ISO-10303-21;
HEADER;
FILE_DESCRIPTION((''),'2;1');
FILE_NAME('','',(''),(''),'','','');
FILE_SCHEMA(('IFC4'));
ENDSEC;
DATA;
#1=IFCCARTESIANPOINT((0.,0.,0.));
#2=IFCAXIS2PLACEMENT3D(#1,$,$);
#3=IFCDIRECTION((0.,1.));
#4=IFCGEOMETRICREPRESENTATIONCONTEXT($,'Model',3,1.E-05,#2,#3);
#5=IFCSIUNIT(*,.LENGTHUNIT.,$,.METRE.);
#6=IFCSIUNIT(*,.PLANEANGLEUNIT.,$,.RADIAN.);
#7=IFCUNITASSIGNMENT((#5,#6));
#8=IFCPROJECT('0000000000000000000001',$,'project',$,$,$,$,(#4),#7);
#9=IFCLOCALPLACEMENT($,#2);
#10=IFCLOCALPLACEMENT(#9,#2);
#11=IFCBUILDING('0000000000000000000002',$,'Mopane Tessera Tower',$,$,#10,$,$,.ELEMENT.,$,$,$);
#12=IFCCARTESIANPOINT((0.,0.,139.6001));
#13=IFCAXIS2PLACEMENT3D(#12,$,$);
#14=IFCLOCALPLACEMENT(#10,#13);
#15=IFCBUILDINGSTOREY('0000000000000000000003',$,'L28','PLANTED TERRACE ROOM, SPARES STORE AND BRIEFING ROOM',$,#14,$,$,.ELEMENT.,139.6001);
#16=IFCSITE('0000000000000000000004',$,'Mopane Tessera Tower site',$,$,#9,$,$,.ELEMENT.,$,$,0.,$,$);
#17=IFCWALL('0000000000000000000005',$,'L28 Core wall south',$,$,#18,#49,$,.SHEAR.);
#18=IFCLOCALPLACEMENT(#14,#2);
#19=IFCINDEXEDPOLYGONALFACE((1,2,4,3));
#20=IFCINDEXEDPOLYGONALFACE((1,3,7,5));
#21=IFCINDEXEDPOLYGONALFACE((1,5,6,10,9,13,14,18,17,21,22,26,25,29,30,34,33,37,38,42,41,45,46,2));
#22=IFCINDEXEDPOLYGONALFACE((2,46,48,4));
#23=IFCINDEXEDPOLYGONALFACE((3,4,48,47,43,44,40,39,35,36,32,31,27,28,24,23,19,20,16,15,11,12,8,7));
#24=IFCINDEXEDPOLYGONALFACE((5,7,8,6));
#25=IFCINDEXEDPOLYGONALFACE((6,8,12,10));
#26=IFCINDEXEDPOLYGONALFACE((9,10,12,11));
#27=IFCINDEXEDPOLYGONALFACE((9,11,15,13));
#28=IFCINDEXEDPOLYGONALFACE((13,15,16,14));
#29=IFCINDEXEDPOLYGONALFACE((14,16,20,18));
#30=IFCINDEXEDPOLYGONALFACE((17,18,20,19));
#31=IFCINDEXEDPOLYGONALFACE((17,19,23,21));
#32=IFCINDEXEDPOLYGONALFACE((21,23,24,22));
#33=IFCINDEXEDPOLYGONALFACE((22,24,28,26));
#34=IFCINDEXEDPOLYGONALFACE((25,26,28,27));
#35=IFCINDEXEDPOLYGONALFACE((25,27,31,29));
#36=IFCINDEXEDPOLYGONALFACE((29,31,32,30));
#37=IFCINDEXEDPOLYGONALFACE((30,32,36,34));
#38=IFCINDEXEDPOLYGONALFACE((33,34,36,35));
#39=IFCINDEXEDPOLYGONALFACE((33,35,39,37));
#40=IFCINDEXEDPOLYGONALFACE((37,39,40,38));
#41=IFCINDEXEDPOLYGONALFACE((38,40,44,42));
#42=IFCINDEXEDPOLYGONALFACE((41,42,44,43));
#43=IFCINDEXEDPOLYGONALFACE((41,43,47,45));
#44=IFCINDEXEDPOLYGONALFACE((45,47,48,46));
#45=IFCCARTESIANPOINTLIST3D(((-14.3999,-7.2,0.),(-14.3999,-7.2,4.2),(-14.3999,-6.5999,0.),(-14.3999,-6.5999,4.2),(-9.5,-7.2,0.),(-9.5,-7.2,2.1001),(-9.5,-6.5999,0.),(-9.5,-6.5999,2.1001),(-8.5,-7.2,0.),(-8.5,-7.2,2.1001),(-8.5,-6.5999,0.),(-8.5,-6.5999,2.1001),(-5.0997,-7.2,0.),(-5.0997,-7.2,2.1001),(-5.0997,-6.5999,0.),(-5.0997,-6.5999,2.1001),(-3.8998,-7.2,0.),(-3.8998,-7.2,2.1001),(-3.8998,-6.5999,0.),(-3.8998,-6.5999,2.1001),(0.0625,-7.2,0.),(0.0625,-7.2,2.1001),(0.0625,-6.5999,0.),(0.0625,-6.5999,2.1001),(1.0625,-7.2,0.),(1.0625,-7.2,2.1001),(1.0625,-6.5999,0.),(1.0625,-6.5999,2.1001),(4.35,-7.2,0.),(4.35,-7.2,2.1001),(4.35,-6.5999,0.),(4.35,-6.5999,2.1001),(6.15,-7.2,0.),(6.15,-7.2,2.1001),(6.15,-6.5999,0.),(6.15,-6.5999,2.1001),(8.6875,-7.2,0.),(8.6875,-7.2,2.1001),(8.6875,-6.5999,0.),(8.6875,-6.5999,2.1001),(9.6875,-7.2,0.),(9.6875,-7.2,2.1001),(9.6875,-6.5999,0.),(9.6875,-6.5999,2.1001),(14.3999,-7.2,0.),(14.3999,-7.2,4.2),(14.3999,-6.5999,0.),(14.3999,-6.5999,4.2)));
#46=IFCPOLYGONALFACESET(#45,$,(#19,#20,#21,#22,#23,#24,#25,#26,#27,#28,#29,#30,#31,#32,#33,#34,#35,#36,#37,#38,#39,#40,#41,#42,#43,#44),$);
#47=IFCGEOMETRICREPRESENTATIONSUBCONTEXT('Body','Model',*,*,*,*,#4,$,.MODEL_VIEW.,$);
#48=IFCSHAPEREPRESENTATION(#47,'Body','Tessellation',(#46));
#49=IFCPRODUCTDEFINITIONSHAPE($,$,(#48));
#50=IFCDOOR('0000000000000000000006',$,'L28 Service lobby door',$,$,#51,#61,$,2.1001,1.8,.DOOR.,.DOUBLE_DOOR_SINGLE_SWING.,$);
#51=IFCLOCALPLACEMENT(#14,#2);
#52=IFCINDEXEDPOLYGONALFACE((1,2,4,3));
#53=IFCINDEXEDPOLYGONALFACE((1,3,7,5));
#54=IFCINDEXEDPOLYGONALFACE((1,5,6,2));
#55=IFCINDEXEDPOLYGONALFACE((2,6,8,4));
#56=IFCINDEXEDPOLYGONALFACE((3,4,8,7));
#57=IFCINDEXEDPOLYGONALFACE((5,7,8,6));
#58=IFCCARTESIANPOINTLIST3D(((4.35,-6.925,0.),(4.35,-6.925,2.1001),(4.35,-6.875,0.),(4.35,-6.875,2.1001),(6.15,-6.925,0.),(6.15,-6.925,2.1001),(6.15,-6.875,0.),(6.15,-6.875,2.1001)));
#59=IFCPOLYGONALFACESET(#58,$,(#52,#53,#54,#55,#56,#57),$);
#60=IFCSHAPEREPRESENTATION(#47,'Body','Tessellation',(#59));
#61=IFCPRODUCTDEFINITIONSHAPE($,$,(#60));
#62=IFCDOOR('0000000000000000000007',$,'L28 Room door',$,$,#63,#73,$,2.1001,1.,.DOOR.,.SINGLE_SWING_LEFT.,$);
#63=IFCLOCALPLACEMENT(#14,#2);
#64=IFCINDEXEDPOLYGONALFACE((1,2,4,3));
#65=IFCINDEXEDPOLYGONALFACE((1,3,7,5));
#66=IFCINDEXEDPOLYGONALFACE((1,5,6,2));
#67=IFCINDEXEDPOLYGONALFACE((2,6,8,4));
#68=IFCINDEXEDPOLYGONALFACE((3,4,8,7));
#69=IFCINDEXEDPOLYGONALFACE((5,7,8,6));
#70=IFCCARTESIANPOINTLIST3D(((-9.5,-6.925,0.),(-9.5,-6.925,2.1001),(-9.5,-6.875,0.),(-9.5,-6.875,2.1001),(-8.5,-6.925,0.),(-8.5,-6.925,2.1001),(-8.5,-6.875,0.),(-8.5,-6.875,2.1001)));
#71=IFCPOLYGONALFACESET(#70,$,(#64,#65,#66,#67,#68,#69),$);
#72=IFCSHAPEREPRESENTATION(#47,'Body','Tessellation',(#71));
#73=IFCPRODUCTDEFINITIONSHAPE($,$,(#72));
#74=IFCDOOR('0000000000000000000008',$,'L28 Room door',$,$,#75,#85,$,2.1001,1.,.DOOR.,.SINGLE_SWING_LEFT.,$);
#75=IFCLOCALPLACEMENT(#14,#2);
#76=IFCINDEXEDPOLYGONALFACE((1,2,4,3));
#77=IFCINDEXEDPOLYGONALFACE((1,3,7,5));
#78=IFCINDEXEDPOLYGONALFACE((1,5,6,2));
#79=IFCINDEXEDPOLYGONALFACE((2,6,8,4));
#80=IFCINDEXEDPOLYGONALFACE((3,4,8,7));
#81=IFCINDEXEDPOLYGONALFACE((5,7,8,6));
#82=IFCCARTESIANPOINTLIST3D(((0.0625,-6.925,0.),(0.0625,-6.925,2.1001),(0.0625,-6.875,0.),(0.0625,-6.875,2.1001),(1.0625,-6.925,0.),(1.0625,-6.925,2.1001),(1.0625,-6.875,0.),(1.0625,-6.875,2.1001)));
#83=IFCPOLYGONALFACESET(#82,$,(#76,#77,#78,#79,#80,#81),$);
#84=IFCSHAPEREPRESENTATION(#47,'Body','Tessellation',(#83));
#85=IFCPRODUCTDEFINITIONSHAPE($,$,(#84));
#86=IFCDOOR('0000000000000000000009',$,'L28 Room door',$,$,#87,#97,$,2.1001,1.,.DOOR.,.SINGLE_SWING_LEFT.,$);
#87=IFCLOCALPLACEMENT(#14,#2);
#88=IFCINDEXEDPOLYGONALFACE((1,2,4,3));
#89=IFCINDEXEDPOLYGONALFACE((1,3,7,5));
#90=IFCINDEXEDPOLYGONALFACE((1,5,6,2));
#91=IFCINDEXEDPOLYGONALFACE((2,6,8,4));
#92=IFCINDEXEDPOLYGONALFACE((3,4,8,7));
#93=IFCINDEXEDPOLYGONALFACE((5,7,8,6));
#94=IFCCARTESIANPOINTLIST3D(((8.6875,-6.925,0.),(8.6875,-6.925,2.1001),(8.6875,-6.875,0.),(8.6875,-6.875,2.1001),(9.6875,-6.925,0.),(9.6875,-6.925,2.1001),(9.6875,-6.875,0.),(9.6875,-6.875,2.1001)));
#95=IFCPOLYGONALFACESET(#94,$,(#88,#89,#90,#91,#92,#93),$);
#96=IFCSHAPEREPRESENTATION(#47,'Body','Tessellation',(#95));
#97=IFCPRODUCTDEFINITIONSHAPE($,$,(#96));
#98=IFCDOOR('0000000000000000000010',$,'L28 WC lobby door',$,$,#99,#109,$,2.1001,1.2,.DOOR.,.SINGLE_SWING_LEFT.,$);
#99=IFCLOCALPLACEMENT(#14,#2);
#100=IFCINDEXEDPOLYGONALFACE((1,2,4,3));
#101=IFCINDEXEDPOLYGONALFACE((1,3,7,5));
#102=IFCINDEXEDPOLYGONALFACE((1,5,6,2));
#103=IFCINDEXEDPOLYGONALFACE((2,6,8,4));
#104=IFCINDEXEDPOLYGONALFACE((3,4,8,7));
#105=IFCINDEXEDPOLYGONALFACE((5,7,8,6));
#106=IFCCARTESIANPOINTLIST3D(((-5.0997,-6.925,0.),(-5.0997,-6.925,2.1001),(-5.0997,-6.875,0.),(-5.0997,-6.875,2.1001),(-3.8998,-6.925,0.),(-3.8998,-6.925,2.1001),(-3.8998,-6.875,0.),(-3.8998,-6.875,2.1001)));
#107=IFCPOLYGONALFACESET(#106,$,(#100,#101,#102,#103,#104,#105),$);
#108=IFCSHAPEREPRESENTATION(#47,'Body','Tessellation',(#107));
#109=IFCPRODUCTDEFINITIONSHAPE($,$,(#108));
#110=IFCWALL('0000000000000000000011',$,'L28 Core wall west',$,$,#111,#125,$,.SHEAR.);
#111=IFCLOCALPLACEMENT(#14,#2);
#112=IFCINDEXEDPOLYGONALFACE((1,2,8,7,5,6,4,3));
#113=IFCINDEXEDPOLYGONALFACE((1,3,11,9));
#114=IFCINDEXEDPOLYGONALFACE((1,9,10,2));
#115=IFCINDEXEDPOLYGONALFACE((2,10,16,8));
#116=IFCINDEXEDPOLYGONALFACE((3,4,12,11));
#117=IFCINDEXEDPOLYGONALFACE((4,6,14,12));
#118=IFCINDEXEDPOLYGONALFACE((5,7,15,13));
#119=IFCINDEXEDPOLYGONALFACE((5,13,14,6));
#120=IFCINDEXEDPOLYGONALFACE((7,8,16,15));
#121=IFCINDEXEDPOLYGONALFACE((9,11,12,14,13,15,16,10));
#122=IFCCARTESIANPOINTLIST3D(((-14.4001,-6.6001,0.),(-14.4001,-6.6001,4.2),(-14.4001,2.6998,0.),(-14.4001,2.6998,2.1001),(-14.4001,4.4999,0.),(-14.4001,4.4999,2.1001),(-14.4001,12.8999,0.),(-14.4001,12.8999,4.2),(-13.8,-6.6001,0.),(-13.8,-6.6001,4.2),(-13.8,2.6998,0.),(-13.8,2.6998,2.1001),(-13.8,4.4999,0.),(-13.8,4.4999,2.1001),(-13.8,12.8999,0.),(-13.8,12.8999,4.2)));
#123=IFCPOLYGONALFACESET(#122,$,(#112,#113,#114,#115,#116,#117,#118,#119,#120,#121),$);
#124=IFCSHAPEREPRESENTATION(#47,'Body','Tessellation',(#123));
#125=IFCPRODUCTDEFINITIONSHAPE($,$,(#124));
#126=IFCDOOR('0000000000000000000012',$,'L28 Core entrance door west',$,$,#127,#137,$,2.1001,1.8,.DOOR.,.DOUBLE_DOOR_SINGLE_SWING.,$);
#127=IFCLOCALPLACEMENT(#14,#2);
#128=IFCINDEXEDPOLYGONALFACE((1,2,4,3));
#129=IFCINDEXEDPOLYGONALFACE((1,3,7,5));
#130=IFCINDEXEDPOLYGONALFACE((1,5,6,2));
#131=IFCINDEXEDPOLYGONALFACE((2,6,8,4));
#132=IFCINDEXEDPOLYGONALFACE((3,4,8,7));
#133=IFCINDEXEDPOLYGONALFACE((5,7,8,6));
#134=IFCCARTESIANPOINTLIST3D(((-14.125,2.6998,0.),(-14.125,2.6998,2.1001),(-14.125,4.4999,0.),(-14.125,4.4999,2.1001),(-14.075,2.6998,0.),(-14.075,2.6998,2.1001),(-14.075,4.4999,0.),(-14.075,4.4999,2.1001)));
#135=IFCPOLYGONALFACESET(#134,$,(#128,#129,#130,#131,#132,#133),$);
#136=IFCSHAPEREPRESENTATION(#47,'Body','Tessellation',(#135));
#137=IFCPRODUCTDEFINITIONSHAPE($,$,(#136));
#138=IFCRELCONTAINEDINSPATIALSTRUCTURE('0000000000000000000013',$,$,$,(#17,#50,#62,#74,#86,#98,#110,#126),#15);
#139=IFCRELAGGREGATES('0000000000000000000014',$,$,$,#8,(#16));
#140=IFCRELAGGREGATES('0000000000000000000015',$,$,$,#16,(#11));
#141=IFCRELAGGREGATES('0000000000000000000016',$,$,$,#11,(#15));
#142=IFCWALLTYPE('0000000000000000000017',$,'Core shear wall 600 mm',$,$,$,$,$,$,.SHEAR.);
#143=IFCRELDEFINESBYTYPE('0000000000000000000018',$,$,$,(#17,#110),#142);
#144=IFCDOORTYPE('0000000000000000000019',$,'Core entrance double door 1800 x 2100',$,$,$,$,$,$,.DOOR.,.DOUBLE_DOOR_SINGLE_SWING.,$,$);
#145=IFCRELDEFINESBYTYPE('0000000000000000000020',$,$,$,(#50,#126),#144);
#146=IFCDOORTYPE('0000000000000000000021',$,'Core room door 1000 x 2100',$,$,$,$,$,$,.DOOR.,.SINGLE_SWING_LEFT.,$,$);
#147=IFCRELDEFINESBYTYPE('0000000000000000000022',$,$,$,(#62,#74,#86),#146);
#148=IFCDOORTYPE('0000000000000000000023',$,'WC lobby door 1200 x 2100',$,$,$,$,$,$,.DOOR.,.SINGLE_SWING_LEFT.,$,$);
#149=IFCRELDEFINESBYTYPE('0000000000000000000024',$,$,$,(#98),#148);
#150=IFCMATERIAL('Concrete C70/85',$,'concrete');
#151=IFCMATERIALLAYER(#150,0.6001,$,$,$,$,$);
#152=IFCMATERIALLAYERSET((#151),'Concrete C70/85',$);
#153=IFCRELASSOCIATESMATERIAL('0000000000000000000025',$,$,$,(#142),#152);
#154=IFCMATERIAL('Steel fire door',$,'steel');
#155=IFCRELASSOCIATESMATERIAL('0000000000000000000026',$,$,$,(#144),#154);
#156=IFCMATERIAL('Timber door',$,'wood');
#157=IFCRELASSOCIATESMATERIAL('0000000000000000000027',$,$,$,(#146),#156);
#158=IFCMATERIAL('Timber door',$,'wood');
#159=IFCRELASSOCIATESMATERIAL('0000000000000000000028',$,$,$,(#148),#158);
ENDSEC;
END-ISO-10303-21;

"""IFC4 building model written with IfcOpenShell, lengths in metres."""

from ifc_helpers import new_model, si_unit, direction, frame, frame_2d, origin, place, context, subcontext, project, spatial, rectangle, extrude, material, layer, layer_set, type_object, element, fill, save


model = new_model("IFC4")

# Units and contexts
model_context = context("Model", 3, precision=1e-05, world=origin(), true_north=direction((0.0, 1.0)))
body_context = subcontext(model_context, "Body", "Model", "MODEL_VIEW")
ifc_project = project(units=[si_unit("LENGTHUNIT", "METRE"), si_unit("PLANEANGLEUNIT", "RADIAN")], contexts=[model_context])

# Site, building, storey
site_placement = place(None, origin())
site = spatial("IfcSite", under=ifc_project, at=site_placement, Name="Mopane Tessera Tower site", CompositionType="ELEMENT", RefElevation=0.0)
building_placement = place(site_placement, origin())
building = spatial("IfcBuilding", under=site, at=building_placement, Name="Mopane Tessera Tower", CompositionType="ELEMENT")
storey_placement = place(building_placement, frame((0.0, 0.0, 139.6001)))
storey = spatial("IfcBuildingStorey", under=building, at=storey_placement, Name="L28", Description="PLANTED TERRACE ROOM, SPARES STORE AND BRIEFING ROOM", CompositionType="ELEMENT", Elevation=139.6001)

# Wall, openings, doors
ifc_material_1 = material(Name="Concrete C70/85", Category="concrete")
ifc_layer_1 = layer(ifc_material_1, 0.6001)
ifc_layer_set_1 = layer_set([ifc_layer_1], Name="Concrete C70/85")
wall_type_1 = type_object("IfcWallType", Name="Core shear wall 600 mm", PredefinedType="SHEAR", material=ifc_layer_set_1)
wall_1_placement = place(storey_placement, frame((-14.3999, -6.8999, 0.0), z_axis=(0.0, 0.0, 1.0), x_axis=(1.0, 0.0, 0.0)))
wall_1 = element("IfcWall", 1, at=wall_1_placement, inside=storey, type_object=wall_type_1, Name="L28 Core wall south", PredefinedType="SHEAR", context=body_context, shape_type="SweptSolid", body=[
    extrude(rectangle(XDim=28.7998, YDim=0.6001, at=frame_2d((14.3999, 0.0))), origin(), (0.0, 0.0, 1.0), 4.2),
])
opening_1_placement = place(wall_1_placement, frame((4.8999, 0.0, 0.0)))
opening_1 = element("IfcOpeningElement", 2, at=opening_1_placement, cuts=wall_1, PredefinedType="OPENING", context=body_context, shape_type="SweptSolid", body=[
    extrude(rectangle(XDim=1.0, YDim=2.1001, at=frame_2d((0.5, 1.05))), frame((0.0, 0.312, 0.0), z_axis=(0.0, -1.0, 0.0), x_axis=(1.0, 0.0, 0.0)), (0.0, 0.0, 1.0), 0.624),
])
opening_2_placement = place(wall_1_placement, frame((9.3, 0.0, 0.0)))
opening_2 = element("IfcOpeningElement", 3, at=opening_2_placement, cuts=wall_1, PredefinedType="OPENING", context=body_context, shape_type="SweptSolid", body=[
    extrude(rectangle(XDim=1.2, YDim=2.1001, at=frame_2d((0.6001, 1.05))), frame((0.0, 0.312, 0.0), z_axis=(0.0, -1.0, 0.0), x_axis=(1.0, 0.0, 0.0)), (0.0, 0.0, 1.0), 0.624),
])
opening_3_placement = place(wall_1_placement, frame((14.4624, 0.0, 0.0)))
opening_3 = element("IfcOpeningElement", 4, at=opening_3_placement, cuts=wall_1, PredefinedType="OPENING", context=body_context, shape_type="SweptSolid", body=[
    extrude(rectangle(XDim=1.0, YDim=2.1001, at=frame_2d((0.5, 1.05))), frame((0.0, 0.312, 0.0), z_axis=(0.0, -1.0, 0.0), x_axis=(1.0, 0.0, 0.0)), (0.0, 0.0, 1.0), 0.624),
])
opening_4_placement = place(wall_1_placement, frame((18.75, 0.0, 0.0)))
opening_4 = element("IfcOpeningElement", 5, at=opening_4_placement, cuts=wall_1, PredefinedType="OPENING", context=body_context, shape_type="SweptSolid", body=[
    extrude(rectangle(XDim=1.8, YDim=2.1001, at=frame_2d((0.8999, 1.05))), frame((0.0, 0.312, 0.0), z_axis=(0.0, -1.0, 0.0), x_axis=(1.0, 0.0, 0.0)), (0.0, 0.0, 1.0), 0.624),
])
opening_5_placement = place(wall_1_placement, frame((23.0874, 0.0, 0.0)))
opening_5 = element("IfcOpeningElement", 6, at=opening_5_placement, cuts=wall_1, PredefinedType="OPENING", context=body_context, shape_type="SweptSolid", body=[
    extrude(rectangle(XDim=1.0, YDim=2.1001, at=frame_2d((0.5, 1.05))), frame((0.0, 0.312, 0.0), z_axis=(0.0, -1.0, 0.0), x_axis=(1.0, 0.0, 0.0)), (0.0, 0.0, 1.0), 0.624),
])
ifc_material_2 = material(Name="Steel fire door", Category="steel")
door_type_1 = type_object("IfcDoorType", Name="Core entrance double door 1800 x 2100", OperationType="DOUBLE_DOOR_SINGLE_SWING", PredefinedType="DOOR", material=ifc_material_2)
door_1_placement = place(opening_4_placement, origin())
door_1 = element("IfcDoor", 7, at=door_1_placement, inside=storey, type_object=door_type_1, Name="L28 Service lobby door", OperationType="DOUBLE_DOOR_SINGLE_SWING", OverallHeight=2.1001, OverallWidth=1.8, PredefinedType="DOOR", context=body_context, shape_type="SweptSolid", body=[
    extrude(rectangle(XDim=1.8, YDim=2.1001, at=frame_2d((0.8999, 1.05))), frame((0.0, 0.0249, 0.0), z_axis=(0.0, -1.0, 0.0), x_axis=(1.0, 0.0, 0.0)), (0.0, 0.0, 1.0), 0.05),
])
fill(opening_4, door_1)
ifc_material_3 = material(Name="Timber door", Category="wood")
door_type_2 = type_object("IfcDoorType", Name="Core room door 1000 x 2100", OperationType="SINGLE_SWING_LEFT", PredefinedType="DOOR", material=ifc_material_3)
door_2_placement = place(opening_1_placement, origin())
door_2 = element("IfcDoor", 8, at=door_2_placement, inside=storey, type_object=door_type_2, Name="L28 Room door", OperationType="SINGLE_SWING_LEFT", OverallHeight=2.1001, OverallWidth=1.0, PredefinedType="DOOR", context=body_context, shape_type="SweptSolid", body=[
    extrude(rectangle(XDim=1.0, YDim=2.1001, at=frame_2d((0.5, 1.05))), frame((0.0, 0.0249, 0.0), z_axis=(0.0, -1.0, 0.0), x_axis=(1.0, 0.0, 0.0)), (0.0, 0.0, 1.0), 0.05),
])
fill(opening_1, door_2)
door_3_placement = place(opening_3_placement, origin())
door_3 = element("IfcDoor", 9, at=door_3_placement, inside=storey, type_object=door_type_2, Name="L28 Room door", OperationType="SINGLE_SWING_LEFT", OverallHeight=2.1001, OverallWidth=1.0, PredefinedType="DOOR", context=body_context, shape_type="SweptSolid", body=[
    extrude(rectangle(XDim=1.0, YDim=2.1001, at=frame_2d((0.5, 1.05))), frame((0.0, 0.0249, 0.0), z_axis=(0.0, -1.0, 0.0), x_axis=(1.0, 0.0, 0.0)), (0.0, 0.0, 1.0), 0.05),
])
fill(opening_3, door_3)
door_4_placement = place(opening_5_placement, origin())
door_4 = element("IfcDoor", 10, at=door_4_placement, inside=storey, type_object=door_type_2, Name="L28 Room door", OperationType="SINGLE_SWING_LEFT", OverallHeight=2.1001, OverallWidth=1.0, PredefinedType="DOOR", context=body_context, shape_type="SweptSolid", body=[
    extrude(rectangle(XDim=1.0, YDim=2.1001, at=frame_2d((0.5, 1.05))), frame((0.0, 0.0249, 0.0), z_axis=(0.0, -1.0, 0.0), x_axis=(1.0, 0.0, 0.0)), (0.0, 0.0, 1.0), 0.05),
])
fill(opening_5, door_4)
ifc_material_4 = material(Name="Timber door", Category="wood")
door_type_3 = type_object("IfcDoorType", Name="WC lobby door 1200 x 2100", OperationType="SINGLE_SWING_LEFT", PredefinedType="DOOR", material=ifc_material_4)
door_5_placement = place(opening_2_placement, origin())
door_5 = element("IfcDoor", 11, at=door_5_placement, inside=storey, type_object=door_type_3, Name="L28 WC lobby door", OperationType="SINGLE_SWING_LEFT", OverallHeight=2.1001, OverallWidth=1.2, PredefinedType="DOOR", context=body_context, shape_type="SweptSolid", body=[
    extrude(rectangle(XDim=1.2, YDim=2.1001, at=frame_2d((0.6001, 1.05))), frame((0.0, 0.0249, 0.0), z_axis=(0.0, -1.0, 0.0), x_axis=(1.0, 0.0, 0.0)), (0.0, 0.0, 1.0), 0.05),
])
fill(opening_2, door_5)

# Wall, opening, door
wall_2_placement = place(storey_placement, frame((-14.1001, -6.6001, 0.0), z_axis=(0.0, 0.0, 1.0), x_axis=(0.0, 1.0, 0.0)))
wall_2 = element("IfcWall", 12, at=wall_2_placement, inside=storey, type_object=wall_type_1, Name="L28 Core wall west", PredefinedType="SHEAR", context=body_context, shape_type="SweptSolid", body=[
    extrude(rectangle(XDim=19.5, YDim=0.6001, at=frame_2d((9.75, 0.0))), origin(), (0.0, 0.0, 1.0), 4.2),
])
opening_6_placement = place(wall_2_placement, frame((9.3, 0.0, 0.0)))
opening_6 = element("IfcOpeningElement", 13, at=opening_6_placement, cuts=wall_2, PredefinedType="OPENING", context=body_context, shape_type="SweptSolid", body=[
    extrude(rectangle(XDim=1.8, YDim=2.1001, at=frame_2d((0.8999, 1.05))), frame((0.0, 0.312, 0.0), z_axis=(0.0, -1.0, 0.0), x_axis=(1.0, 0.0, 0.0)), (0.0, 0.0, 1.0), 0.624),
])
door_6_placement = place(opening_6_placement, origin())
door_6 = element("IfcDoor", 14, at=door_6_placement, inside=storey, type_object=door_type_1, Name="L28 Core entrance door west", OperationType="DOUBLE_DOOR_SINGLE_SWING", OverallHeight=2.1001, OverallWidth=1.8, PredefinedType="DOOR", context=body_context, shape_type="SweptSolid", body=[
    extrude(rectangle(XDim=1.8, YDim=2.1001, at=frame_2d((0.8999, 1.05))), frame((0.0, 0.0249, 0.0), z_axis=(0.0, -1.0, 0.0), x_axis=(1.0, 0.0, 0.0)), (0.0, 0.0, 1.0), 0.05),
])
fill(opening_6, door_6)

save(model, "model.ifc")
